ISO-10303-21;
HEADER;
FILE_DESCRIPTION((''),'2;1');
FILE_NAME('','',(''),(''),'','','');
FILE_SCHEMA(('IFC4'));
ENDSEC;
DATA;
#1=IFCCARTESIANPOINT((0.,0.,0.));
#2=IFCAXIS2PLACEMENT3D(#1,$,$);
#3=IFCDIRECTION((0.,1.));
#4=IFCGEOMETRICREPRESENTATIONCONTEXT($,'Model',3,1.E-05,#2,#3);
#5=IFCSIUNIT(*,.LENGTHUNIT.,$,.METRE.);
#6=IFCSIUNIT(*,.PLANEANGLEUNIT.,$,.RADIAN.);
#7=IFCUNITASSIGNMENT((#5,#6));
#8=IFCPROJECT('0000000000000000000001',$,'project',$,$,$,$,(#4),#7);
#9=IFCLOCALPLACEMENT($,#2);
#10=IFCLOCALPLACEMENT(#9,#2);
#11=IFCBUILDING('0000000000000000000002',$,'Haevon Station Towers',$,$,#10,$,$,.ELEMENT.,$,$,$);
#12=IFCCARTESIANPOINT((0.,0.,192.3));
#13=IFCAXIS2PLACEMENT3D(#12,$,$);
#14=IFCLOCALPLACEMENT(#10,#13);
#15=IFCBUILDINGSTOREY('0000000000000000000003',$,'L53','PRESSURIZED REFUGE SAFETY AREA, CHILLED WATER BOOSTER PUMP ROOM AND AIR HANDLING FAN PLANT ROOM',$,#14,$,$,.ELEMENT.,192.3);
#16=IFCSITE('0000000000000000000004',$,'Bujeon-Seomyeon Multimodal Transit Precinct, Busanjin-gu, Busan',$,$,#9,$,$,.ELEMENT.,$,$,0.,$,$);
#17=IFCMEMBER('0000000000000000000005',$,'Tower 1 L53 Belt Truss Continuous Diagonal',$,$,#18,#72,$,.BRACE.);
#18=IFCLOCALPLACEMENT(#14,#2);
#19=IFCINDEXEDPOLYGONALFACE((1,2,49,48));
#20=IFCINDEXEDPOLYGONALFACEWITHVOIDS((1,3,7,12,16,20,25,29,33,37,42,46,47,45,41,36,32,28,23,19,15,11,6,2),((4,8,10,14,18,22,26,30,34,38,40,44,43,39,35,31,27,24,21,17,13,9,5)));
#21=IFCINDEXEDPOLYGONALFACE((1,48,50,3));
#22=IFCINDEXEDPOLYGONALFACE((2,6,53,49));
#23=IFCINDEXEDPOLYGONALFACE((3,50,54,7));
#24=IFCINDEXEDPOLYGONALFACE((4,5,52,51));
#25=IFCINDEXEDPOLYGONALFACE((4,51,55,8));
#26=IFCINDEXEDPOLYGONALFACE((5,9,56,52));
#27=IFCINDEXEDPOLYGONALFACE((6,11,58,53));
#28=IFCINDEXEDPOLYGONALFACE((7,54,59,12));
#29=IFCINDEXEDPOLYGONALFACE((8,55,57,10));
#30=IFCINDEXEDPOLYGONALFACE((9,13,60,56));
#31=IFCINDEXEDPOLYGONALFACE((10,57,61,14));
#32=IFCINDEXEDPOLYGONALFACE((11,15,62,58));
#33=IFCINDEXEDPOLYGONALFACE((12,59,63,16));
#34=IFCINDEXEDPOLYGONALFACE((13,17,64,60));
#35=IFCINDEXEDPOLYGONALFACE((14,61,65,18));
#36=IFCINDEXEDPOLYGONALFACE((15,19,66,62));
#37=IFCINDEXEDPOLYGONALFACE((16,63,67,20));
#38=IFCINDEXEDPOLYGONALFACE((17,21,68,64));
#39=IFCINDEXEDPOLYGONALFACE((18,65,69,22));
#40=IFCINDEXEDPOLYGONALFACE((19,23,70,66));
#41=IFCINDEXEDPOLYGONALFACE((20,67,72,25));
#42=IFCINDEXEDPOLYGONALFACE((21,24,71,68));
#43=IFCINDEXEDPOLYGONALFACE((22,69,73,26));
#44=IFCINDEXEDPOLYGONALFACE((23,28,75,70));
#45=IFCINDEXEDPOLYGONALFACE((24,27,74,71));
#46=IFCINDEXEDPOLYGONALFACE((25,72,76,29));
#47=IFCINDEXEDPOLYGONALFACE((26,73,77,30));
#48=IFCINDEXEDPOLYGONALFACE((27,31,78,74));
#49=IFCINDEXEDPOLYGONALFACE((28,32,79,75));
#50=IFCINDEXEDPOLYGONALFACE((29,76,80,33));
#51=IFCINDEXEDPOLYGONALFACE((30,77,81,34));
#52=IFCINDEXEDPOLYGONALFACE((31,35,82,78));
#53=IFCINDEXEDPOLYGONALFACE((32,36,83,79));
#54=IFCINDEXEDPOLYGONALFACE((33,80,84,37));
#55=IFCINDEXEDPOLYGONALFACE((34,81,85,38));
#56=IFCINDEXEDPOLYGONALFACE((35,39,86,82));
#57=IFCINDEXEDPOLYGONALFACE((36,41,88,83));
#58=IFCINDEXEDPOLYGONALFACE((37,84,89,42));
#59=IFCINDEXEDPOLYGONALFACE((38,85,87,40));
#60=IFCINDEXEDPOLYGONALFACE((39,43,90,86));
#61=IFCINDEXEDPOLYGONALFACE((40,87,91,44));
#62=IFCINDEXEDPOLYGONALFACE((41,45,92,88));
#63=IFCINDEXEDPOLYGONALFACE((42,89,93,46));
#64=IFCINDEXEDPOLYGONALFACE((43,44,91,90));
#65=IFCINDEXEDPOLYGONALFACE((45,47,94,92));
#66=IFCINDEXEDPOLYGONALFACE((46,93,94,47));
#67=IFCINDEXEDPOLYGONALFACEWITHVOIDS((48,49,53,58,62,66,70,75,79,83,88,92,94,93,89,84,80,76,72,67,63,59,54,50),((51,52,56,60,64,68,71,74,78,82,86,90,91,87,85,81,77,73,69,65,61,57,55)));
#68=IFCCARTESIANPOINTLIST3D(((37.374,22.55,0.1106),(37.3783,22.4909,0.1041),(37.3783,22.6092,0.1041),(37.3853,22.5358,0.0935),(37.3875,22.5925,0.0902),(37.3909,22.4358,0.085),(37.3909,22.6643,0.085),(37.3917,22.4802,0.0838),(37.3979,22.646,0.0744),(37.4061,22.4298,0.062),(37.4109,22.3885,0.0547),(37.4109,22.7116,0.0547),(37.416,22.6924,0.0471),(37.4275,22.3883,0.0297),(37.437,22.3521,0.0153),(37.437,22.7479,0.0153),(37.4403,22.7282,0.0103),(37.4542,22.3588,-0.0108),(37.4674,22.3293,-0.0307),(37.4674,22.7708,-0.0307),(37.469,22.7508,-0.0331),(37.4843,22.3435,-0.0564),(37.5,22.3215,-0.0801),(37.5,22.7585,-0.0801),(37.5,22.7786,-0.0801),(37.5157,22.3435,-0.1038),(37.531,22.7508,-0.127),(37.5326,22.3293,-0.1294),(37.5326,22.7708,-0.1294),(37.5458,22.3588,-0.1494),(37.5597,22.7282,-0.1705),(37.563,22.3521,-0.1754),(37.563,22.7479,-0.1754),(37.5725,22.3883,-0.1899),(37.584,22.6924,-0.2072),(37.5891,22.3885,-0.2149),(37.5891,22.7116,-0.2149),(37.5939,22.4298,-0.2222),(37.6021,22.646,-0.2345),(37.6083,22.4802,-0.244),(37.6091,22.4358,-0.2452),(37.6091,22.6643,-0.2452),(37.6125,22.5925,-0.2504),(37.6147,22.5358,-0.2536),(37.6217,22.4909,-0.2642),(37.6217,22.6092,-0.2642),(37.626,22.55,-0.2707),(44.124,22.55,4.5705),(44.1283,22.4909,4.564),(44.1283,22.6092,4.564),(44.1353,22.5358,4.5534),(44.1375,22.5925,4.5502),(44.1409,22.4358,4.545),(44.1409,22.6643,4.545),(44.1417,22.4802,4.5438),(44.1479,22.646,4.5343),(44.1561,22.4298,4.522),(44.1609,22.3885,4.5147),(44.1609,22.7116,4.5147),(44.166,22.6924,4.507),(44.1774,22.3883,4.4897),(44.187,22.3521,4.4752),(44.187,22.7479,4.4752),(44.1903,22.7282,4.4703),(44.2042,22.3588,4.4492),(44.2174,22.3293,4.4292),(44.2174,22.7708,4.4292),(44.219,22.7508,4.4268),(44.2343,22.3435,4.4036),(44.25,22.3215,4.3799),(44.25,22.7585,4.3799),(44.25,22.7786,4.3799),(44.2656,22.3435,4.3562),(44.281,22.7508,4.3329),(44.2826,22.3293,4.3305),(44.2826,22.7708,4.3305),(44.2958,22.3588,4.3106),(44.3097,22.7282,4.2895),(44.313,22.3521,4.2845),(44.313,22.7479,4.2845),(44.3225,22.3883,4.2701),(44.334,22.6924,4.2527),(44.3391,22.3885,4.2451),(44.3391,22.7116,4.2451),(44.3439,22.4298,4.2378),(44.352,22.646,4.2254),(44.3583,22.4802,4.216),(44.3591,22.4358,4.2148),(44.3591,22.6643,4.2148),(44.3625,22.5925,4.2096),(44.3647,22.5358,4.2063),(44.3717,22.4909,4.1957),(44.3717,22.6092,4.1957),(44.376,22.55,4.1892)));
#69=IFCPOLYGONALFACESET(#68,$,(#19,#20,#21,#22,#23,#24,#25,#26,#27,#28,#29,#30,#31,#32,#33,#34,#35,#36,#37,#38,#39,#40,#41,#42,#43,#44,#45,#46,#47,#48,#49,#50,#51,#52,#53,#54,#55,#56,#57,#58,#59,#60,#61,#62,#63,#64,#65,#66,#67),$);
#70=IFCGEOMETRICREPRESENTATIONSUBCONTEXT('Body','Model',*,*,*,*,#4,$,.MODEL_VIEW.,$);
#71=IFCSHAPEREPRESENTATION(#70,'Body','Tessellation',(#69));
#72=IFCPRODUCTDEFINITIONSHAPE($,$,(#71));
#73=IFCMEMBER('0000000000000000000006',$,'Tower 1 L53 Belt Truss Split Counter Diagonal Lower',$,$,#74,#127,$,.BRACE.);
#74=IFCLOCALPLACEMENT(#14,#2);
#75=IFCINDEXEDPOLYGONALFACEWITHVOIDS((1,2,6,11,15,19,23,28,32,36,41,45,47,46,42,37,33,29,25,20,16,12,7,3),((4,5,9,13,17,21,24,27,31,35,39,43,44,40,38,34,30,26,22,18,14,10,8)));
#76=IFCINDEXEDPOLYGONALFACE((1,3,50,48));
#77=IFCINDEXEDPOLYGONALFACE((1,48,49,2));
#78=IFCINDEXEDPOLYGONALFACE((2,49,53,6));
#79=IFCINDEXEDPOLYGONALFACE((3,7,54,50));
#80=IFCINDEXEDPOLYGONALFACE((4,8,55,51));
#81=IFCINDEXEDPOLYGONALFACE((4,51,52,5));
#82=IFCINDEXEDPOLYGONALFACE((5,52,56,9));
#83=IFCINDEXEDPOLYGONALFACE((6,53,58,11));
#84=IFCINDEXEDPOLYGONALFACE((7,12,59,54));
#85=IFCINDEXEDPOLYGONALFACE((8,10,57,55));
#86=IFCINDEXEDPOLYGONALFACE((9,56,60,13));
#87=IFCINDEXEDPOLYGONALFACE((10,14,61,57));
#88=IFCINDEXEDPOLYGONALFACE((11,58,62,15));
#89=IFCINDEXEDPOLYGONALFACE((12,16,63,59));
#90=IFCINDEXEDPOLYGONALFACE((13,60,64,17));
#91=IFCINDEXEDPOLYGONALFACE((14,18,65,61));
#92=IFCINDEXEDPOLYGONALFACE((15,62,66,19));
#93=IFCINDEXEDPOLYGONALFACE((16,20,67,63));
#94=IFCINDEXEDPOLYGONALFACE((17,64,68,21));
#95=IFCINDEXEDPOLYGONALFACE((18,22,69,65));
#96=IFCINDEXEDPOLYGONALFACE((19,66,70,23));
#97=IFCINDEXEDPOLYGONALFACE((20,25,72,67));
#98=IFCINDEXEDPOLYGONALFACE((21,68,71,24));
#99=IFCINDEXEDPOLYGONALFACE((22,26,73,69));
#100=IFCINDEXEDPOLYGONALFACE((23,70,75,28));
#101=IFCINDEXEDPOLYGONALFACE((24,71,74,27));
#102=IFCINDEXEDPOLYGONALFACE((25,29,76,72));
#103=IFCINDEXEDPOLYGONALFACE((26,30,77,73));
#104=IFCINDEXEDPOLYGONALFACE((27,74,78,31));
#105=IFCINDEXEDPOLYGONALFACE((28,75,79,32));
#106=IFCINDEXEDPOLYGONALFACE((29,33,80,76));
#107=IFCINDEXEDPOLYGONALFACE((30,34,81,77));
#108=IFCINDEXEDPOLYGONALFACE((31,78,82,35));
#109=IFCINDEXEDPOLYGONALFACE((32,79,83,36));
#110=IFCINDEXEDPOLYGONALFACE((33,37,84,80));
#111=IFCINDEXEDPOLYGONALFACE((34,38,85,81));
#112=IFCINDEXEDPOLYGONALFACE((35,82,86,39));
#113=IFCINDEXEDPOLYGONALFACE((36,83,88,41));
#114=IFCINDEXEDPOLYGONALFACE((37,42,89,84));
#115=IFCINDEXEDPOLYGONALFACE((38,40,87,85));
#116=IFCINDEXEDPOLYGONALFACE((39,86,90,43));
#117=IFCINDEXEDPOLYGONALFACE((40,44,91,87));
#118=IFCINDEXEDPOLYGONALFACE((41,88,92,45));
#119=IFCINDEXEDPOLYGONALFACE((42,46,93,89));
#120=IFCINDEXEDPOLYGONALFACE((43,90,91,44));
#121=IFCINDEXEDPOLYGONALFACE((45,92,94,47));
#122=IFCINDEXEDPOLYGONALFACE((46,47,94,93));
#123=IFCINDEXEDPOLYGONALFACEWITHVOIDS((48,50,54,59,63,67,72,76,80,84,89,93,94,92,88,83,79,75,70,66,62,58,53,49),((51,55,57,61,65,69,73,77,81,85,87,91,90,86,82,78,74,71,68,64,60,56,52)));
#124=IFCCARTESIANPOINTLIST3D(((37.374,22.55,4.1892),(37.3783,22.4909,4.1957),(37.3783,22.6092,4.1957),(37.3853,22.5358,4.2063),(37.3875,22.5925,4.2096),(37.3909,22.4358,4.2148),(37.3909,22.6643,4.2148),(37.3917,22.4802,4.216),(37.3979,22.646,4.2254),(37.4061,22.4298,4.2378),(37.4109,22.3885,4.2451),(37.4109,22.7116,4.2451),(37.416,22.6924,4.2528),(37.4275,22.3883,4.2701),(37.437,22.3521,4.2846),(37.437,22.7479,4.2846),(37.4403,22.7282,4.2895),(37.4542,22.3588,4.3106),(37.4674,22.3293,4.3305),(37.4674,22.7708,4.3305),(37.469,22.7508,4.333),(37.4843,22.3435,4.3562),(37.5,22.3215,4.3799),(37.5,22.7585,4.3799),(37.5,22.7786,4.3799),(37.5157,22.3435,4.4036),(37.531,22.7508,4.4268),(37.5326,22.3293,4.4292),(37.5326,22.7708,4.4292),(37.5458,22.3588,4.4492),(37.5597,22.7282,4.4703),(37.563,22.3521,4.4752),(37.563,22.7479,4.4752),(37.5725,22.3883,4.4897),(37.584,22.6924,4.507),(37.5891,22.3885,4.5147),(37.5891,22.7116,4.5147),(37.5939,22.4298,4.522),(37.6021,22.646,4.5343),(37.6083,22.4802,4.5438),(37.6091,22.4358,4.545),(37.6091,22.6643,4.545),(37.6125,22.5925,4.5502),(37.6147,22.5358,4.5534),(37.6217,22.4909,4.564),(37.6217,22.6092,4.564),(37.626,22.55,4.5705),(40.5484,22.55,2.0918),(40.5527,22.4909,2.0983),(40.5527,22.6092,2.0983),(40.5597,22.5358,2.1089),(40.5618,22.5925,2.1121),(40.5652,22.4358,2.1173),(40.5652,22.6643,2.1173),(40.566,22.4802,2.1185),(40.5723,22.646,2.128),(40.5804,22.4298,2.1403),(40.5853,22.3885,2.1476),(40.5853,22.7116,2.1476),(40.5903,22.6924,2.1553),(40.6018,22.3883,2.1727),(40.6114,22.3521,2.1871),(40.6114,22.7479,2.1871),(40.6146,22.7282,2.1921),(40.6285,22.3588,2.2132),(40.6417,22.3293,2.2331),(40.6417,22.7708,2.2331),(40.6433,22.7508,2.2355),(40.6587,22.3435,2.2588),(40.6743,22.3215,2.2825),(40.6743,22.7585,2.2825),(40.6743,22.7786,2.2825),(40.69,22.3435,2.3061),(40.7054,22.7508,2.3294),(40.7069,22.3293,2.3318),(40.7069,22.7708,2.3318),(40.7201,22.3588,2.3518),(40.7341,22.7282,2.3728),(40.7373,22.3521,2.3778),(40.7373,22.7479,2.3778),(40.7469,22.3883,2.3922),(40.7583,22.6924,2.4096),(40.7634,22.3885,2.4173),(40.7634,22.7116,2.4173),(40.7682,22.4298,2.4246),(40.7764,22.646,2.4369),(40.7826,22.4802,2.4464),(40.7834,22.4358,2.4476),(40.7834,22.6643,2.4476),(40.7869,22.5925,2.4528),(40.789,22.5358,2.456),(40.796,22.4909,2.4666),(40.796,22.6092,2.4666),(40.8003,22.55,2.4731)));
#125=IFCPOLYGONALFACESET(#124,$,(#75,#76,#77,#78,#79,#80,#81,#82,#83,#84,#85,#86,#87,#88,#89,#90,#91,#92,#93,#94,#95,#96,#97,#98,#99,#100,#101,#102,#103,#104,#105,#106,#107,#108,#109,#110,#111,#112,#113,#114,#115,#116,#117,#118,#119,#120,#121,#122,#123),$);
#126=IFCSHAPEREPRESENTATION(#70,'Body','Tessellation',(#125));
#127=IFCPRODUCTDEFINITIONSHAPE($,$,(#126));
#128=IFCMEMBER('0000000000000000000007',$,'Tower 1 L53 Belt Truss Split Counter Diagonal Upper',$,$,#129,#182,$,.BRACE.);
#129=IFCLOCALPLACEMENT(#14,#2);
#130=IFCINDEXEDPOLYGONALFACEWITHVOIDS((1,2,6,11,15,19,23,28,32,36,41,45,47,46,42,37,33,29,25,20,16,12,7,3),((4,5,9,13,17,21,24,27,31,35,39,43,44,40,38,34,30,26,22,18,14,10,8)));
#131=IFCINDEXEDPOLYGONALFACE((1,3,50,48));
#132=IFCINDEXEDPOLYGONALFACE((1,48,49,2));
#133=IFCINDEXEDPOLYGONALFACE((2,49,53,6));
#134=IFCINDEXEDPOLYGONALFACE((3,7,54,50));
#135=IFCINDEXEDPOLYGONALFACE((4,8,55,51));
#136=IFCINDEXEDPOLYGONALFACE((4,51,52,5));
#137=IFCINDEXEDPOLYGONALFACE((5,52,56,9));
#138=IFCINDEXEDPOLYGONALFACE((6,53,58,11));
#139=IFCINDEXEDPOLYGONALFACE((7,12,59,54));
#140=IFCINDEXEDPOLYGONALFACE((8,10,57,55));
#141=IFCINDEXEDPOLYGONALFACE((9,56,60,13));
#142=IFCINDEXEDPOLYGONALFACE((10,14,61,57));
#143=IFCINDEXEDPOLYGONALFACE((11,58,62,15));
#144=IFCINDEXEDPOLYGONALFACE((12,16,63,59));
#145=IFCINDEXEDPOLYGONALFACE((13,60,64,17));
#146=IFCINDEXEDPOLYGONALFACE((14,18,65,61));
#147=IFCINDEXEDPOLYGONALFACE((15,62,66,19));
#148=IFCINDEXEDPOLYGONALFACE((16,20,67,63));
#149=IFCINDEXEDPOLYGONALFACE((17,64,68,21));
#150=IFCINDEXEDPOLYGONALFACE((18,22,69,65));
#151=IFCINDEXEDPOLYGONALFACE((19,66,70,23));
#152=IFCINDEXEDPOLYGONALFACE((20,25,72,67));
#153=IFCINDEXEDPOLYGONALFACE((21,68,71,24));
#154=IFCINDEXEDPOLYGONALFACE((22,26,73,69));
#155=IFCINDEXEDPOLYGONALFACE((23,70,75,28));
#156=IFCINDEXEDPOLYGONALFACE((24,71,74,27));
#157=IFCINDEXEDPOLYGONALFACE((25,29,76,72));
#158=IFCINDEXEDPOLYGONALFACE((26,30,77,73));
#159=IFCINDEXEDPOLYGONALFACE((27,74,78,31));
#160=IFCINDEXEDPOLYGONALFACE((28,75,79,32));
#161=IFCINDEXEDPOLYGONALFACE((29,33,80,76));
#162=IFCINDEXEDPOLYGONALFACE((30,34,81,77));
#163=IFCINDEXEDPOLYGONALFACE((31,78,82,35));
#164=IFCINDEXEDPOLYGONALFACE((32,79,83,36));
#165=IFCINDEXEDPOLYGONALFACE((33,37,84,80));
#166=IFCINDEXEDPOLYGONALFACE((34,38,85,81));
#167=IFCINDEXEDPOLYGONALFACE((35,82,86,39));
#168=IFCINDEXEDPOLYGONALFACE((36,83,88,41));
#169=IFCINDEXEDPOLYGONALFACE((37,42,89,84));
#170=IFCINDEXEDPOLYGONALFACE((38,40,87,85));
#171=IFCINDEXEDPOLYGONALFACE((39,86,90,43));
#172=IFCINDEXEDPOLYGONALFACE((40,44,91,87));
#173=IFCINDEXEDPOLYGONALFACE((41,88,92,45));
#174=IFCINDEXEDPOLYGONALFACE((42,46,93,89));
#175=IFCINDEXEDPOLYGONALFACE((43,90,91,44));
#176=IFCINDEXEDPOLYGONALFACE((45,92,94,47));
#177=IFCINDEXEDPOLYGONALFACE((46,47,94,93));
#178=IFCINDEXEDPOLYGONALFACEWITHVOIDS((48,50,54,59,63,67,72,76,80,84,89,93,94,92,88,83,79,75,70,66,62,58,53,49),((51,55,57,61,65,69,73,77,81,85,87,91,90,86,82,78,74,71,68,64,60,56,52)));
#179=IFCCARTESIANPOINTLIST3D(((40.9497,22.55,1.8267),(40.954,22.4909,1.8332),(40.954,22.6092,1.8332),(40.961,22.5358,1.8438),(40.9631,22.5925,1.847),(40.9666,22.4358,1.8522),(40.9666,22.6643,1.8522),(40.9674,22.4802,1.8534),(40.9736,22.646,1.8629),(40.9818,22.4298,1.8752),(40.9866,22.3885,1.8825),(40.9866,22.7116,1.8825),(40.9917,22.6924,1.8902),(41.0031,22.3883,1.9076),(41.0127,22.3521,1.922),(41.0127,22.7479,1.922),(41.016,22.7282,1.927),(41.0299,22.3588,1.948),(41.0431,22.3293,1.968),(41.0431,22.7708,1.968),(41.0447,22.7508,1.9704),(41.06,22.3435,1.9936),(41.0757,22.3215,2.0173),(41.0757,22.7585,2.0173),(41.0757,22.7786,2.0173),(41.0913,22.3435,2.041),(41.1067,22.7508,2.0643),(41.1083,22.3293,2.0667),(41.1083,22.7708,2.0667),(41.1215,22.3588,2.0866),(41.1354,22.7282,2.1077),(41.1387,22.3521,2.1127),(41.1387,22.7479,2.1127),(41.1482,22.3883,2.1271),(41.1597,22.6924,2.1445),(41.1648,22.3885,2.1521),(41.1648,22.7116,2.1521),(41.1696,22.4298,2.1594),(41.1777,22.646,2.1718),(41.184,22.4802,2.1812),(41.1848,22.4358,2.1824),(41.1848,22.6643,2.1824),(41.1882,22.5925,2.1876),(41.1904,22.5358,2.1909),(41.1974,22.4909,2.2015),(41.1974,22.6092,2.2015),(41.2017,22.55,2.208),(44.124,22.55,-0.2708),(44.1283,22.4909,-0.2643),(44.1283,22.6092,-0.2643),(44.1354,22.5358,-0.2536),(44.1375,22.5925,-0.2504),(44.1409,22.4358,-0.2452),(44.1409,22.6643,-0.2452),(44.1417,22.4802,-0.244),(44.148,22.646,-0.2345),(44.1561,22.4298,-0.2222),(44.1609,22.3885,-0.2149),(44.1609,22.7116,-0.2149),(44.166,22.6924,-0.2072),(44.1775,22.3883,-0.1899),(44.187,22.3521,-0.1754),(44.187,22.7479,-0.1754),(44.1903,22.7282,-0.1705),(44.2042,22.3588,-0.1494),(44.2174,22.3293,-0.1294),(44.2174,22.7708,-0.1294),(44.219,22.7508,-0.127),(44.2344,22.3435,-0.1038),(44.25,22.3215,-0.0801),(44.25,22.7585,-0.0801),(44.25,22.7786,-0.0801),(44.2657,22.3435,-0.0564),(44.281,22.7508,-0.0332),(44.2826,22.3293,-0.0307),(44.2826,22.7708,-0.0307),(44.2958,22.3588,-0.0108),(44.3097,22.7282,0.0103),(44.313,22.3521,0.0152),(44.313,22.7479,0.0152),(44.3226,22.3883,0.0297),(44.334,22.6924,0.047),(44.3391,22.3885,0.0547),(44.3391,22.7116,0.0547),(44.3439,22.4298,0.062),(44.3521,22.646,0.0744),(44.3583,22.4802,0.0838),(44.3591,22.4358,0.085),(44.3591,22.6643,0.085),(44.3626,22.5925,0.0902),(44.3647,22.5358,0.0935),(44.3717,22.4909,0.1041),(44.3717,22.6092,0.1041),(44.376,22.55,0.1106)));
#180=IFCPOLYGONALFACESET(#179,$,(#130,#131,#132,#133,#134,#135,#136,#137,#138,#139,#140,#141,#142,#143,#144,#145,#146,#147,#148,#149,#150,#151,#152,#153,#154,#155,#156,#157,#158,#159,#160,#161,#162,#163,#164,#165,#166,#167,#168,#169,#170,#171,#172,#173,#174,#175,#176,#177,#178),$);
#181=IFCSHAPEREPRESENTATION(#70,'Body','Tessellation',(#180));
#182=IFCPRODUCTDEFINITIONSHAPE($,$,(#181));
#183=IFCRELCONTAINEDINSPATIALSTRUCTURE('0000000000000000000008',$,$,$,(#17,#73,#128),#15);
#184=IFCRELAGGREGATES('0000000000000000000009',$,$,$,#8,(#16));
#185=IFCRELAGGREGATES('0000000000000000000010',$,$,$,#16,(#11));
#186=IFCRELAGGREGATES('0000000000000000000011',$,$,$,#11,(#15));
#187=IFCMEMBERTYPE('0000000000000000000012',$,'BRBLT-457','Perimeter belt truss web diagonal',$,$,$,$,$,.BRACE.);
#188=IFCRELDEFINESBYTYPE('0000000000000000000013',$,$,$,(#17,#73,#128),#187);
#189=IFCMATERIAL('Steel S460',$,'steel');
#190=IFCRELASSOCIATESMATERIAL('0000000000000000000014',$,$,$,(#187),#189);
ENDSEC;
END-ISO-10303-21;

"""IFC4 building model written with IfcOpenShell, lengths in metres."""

from ifc_helpers import new_model, si_unit, direction, frame, origin, origin_2d, place, context, subcontext, project, spatial, hollow_circle, extrude, material, material_profile, profile_set, type_object, element, save


model = new_model("IFC4")

# Units and contexts
model_context = context("Model", 3, precision=1e-05, world=origin(), true_north=direction((0.0, 1.0)))
body_context = subcontext(model_context, "Body", "Model", "MODEL_VIEW")
ifc_project = project(units=[si_unit("LENGTHUNIT", "METRE"), si_unit("PLANEANGLEUNIT", "RADIAN")], contexts=[model_context])

# Site, building, storey
site_placement = place(None, origin())
site = spatial("IfcSite", under=ifc_project, at=site_placement, Name="Bujeon-Seomyeon Multimodal Transit Precinct, Busanjin-gu, Busan", CompositionType="ELEMENT", RefElevation=0.0)
building_placement = place(site_placement, origin())
building = spatial("IfcBuilding", under=site, at=building_placement, Name="Haevon Station Towers", CompositionType="ELEMENT")
storey_placement = place(building_placement, frame((0.0, 0.0, 192.3)))
storey = spatial("IfcBuildingStorey", under=building, at=storey_placement, Name="L53", Description="PRESSURIZED REFUGE SAFETY AREA, CHILLED WATER BOOSTER PUMP ROOM AND AIR HANDLING FAN PLANT ROOM", CompositionType="ELEMENT", Elevation=192.3)

# Shared definitions
ifc_material_1 = material(Name="Steel S460", Category="steel")

# Members
ifc_material_profile_1 = material_profile(ifc_material_1, hollow_circle(Radius=0.2285, WallThickness=0.02, at=origin_2d()), Name="CHS-457x20")
ifc_profile_set_1 = profile_set([ifc_material_profile_1], Name="Steel S460")
member_type_1 = type_object("IfcMemberType", Name="BRBLT-457", Description="Perimeter belt truss web diagonal", PredefinedType="BRACE", material=ifc_profile_set_1)
member_1_placement = place(storey_placement, frame((37.5, 22.55, -0.0801), z_axis=(0.834327, 0.0, 0.551269), x_axis=(0.0, 1.0, 0.0)))
element("IfcMember", 1, at=member_1_placement, inside=storey, type_object=member_type_1, Name="Tower 1 L53 Belt Truss Continuous Diagonal", PredefinedType="BRACE", context=body_context, shape_type="SweptSolid", body=[
    extrude(hollow_circle(Radius=0.2285, WallThickness=0.02, at=origin_2d()), origin(), (0.0, 0.0, 1.0), 8.0903),
])
for number, where, z_axis, x_axis, name in (
    (2, (37.5, 22.55, 4.3799), (0.834324, 0.0, -0.551275), (0.0, 1.0, 0.0), "Tower 1 L53 Belt Truss Split Counter Diagonal Lower"),
    (3, (41.0757, 22.55, 2.0173), (0.834324, 0.0, -0.551275), (0.0, 1.0, 0.0), "Tower 1 L53 Belt Truss Split Counter Diagonal Upper"),
):
    element("IfcMember", number, at=place(storey_placement, frame(where, z_axis=z_axis, x_axis=x_axis)), inside=storey, type_object=member_type_1, Name=name, PredefinedType="BRACE", context=body_context, shape_type="SweptSolid", body=[
        extrude(hollow_circle(Radius=0.2285, WallThickness=0.02, at=origin_2d()), origin(), (0.0, 0.0, 1.0), 3.8047),
    ])

save(model, "model.ifc")
